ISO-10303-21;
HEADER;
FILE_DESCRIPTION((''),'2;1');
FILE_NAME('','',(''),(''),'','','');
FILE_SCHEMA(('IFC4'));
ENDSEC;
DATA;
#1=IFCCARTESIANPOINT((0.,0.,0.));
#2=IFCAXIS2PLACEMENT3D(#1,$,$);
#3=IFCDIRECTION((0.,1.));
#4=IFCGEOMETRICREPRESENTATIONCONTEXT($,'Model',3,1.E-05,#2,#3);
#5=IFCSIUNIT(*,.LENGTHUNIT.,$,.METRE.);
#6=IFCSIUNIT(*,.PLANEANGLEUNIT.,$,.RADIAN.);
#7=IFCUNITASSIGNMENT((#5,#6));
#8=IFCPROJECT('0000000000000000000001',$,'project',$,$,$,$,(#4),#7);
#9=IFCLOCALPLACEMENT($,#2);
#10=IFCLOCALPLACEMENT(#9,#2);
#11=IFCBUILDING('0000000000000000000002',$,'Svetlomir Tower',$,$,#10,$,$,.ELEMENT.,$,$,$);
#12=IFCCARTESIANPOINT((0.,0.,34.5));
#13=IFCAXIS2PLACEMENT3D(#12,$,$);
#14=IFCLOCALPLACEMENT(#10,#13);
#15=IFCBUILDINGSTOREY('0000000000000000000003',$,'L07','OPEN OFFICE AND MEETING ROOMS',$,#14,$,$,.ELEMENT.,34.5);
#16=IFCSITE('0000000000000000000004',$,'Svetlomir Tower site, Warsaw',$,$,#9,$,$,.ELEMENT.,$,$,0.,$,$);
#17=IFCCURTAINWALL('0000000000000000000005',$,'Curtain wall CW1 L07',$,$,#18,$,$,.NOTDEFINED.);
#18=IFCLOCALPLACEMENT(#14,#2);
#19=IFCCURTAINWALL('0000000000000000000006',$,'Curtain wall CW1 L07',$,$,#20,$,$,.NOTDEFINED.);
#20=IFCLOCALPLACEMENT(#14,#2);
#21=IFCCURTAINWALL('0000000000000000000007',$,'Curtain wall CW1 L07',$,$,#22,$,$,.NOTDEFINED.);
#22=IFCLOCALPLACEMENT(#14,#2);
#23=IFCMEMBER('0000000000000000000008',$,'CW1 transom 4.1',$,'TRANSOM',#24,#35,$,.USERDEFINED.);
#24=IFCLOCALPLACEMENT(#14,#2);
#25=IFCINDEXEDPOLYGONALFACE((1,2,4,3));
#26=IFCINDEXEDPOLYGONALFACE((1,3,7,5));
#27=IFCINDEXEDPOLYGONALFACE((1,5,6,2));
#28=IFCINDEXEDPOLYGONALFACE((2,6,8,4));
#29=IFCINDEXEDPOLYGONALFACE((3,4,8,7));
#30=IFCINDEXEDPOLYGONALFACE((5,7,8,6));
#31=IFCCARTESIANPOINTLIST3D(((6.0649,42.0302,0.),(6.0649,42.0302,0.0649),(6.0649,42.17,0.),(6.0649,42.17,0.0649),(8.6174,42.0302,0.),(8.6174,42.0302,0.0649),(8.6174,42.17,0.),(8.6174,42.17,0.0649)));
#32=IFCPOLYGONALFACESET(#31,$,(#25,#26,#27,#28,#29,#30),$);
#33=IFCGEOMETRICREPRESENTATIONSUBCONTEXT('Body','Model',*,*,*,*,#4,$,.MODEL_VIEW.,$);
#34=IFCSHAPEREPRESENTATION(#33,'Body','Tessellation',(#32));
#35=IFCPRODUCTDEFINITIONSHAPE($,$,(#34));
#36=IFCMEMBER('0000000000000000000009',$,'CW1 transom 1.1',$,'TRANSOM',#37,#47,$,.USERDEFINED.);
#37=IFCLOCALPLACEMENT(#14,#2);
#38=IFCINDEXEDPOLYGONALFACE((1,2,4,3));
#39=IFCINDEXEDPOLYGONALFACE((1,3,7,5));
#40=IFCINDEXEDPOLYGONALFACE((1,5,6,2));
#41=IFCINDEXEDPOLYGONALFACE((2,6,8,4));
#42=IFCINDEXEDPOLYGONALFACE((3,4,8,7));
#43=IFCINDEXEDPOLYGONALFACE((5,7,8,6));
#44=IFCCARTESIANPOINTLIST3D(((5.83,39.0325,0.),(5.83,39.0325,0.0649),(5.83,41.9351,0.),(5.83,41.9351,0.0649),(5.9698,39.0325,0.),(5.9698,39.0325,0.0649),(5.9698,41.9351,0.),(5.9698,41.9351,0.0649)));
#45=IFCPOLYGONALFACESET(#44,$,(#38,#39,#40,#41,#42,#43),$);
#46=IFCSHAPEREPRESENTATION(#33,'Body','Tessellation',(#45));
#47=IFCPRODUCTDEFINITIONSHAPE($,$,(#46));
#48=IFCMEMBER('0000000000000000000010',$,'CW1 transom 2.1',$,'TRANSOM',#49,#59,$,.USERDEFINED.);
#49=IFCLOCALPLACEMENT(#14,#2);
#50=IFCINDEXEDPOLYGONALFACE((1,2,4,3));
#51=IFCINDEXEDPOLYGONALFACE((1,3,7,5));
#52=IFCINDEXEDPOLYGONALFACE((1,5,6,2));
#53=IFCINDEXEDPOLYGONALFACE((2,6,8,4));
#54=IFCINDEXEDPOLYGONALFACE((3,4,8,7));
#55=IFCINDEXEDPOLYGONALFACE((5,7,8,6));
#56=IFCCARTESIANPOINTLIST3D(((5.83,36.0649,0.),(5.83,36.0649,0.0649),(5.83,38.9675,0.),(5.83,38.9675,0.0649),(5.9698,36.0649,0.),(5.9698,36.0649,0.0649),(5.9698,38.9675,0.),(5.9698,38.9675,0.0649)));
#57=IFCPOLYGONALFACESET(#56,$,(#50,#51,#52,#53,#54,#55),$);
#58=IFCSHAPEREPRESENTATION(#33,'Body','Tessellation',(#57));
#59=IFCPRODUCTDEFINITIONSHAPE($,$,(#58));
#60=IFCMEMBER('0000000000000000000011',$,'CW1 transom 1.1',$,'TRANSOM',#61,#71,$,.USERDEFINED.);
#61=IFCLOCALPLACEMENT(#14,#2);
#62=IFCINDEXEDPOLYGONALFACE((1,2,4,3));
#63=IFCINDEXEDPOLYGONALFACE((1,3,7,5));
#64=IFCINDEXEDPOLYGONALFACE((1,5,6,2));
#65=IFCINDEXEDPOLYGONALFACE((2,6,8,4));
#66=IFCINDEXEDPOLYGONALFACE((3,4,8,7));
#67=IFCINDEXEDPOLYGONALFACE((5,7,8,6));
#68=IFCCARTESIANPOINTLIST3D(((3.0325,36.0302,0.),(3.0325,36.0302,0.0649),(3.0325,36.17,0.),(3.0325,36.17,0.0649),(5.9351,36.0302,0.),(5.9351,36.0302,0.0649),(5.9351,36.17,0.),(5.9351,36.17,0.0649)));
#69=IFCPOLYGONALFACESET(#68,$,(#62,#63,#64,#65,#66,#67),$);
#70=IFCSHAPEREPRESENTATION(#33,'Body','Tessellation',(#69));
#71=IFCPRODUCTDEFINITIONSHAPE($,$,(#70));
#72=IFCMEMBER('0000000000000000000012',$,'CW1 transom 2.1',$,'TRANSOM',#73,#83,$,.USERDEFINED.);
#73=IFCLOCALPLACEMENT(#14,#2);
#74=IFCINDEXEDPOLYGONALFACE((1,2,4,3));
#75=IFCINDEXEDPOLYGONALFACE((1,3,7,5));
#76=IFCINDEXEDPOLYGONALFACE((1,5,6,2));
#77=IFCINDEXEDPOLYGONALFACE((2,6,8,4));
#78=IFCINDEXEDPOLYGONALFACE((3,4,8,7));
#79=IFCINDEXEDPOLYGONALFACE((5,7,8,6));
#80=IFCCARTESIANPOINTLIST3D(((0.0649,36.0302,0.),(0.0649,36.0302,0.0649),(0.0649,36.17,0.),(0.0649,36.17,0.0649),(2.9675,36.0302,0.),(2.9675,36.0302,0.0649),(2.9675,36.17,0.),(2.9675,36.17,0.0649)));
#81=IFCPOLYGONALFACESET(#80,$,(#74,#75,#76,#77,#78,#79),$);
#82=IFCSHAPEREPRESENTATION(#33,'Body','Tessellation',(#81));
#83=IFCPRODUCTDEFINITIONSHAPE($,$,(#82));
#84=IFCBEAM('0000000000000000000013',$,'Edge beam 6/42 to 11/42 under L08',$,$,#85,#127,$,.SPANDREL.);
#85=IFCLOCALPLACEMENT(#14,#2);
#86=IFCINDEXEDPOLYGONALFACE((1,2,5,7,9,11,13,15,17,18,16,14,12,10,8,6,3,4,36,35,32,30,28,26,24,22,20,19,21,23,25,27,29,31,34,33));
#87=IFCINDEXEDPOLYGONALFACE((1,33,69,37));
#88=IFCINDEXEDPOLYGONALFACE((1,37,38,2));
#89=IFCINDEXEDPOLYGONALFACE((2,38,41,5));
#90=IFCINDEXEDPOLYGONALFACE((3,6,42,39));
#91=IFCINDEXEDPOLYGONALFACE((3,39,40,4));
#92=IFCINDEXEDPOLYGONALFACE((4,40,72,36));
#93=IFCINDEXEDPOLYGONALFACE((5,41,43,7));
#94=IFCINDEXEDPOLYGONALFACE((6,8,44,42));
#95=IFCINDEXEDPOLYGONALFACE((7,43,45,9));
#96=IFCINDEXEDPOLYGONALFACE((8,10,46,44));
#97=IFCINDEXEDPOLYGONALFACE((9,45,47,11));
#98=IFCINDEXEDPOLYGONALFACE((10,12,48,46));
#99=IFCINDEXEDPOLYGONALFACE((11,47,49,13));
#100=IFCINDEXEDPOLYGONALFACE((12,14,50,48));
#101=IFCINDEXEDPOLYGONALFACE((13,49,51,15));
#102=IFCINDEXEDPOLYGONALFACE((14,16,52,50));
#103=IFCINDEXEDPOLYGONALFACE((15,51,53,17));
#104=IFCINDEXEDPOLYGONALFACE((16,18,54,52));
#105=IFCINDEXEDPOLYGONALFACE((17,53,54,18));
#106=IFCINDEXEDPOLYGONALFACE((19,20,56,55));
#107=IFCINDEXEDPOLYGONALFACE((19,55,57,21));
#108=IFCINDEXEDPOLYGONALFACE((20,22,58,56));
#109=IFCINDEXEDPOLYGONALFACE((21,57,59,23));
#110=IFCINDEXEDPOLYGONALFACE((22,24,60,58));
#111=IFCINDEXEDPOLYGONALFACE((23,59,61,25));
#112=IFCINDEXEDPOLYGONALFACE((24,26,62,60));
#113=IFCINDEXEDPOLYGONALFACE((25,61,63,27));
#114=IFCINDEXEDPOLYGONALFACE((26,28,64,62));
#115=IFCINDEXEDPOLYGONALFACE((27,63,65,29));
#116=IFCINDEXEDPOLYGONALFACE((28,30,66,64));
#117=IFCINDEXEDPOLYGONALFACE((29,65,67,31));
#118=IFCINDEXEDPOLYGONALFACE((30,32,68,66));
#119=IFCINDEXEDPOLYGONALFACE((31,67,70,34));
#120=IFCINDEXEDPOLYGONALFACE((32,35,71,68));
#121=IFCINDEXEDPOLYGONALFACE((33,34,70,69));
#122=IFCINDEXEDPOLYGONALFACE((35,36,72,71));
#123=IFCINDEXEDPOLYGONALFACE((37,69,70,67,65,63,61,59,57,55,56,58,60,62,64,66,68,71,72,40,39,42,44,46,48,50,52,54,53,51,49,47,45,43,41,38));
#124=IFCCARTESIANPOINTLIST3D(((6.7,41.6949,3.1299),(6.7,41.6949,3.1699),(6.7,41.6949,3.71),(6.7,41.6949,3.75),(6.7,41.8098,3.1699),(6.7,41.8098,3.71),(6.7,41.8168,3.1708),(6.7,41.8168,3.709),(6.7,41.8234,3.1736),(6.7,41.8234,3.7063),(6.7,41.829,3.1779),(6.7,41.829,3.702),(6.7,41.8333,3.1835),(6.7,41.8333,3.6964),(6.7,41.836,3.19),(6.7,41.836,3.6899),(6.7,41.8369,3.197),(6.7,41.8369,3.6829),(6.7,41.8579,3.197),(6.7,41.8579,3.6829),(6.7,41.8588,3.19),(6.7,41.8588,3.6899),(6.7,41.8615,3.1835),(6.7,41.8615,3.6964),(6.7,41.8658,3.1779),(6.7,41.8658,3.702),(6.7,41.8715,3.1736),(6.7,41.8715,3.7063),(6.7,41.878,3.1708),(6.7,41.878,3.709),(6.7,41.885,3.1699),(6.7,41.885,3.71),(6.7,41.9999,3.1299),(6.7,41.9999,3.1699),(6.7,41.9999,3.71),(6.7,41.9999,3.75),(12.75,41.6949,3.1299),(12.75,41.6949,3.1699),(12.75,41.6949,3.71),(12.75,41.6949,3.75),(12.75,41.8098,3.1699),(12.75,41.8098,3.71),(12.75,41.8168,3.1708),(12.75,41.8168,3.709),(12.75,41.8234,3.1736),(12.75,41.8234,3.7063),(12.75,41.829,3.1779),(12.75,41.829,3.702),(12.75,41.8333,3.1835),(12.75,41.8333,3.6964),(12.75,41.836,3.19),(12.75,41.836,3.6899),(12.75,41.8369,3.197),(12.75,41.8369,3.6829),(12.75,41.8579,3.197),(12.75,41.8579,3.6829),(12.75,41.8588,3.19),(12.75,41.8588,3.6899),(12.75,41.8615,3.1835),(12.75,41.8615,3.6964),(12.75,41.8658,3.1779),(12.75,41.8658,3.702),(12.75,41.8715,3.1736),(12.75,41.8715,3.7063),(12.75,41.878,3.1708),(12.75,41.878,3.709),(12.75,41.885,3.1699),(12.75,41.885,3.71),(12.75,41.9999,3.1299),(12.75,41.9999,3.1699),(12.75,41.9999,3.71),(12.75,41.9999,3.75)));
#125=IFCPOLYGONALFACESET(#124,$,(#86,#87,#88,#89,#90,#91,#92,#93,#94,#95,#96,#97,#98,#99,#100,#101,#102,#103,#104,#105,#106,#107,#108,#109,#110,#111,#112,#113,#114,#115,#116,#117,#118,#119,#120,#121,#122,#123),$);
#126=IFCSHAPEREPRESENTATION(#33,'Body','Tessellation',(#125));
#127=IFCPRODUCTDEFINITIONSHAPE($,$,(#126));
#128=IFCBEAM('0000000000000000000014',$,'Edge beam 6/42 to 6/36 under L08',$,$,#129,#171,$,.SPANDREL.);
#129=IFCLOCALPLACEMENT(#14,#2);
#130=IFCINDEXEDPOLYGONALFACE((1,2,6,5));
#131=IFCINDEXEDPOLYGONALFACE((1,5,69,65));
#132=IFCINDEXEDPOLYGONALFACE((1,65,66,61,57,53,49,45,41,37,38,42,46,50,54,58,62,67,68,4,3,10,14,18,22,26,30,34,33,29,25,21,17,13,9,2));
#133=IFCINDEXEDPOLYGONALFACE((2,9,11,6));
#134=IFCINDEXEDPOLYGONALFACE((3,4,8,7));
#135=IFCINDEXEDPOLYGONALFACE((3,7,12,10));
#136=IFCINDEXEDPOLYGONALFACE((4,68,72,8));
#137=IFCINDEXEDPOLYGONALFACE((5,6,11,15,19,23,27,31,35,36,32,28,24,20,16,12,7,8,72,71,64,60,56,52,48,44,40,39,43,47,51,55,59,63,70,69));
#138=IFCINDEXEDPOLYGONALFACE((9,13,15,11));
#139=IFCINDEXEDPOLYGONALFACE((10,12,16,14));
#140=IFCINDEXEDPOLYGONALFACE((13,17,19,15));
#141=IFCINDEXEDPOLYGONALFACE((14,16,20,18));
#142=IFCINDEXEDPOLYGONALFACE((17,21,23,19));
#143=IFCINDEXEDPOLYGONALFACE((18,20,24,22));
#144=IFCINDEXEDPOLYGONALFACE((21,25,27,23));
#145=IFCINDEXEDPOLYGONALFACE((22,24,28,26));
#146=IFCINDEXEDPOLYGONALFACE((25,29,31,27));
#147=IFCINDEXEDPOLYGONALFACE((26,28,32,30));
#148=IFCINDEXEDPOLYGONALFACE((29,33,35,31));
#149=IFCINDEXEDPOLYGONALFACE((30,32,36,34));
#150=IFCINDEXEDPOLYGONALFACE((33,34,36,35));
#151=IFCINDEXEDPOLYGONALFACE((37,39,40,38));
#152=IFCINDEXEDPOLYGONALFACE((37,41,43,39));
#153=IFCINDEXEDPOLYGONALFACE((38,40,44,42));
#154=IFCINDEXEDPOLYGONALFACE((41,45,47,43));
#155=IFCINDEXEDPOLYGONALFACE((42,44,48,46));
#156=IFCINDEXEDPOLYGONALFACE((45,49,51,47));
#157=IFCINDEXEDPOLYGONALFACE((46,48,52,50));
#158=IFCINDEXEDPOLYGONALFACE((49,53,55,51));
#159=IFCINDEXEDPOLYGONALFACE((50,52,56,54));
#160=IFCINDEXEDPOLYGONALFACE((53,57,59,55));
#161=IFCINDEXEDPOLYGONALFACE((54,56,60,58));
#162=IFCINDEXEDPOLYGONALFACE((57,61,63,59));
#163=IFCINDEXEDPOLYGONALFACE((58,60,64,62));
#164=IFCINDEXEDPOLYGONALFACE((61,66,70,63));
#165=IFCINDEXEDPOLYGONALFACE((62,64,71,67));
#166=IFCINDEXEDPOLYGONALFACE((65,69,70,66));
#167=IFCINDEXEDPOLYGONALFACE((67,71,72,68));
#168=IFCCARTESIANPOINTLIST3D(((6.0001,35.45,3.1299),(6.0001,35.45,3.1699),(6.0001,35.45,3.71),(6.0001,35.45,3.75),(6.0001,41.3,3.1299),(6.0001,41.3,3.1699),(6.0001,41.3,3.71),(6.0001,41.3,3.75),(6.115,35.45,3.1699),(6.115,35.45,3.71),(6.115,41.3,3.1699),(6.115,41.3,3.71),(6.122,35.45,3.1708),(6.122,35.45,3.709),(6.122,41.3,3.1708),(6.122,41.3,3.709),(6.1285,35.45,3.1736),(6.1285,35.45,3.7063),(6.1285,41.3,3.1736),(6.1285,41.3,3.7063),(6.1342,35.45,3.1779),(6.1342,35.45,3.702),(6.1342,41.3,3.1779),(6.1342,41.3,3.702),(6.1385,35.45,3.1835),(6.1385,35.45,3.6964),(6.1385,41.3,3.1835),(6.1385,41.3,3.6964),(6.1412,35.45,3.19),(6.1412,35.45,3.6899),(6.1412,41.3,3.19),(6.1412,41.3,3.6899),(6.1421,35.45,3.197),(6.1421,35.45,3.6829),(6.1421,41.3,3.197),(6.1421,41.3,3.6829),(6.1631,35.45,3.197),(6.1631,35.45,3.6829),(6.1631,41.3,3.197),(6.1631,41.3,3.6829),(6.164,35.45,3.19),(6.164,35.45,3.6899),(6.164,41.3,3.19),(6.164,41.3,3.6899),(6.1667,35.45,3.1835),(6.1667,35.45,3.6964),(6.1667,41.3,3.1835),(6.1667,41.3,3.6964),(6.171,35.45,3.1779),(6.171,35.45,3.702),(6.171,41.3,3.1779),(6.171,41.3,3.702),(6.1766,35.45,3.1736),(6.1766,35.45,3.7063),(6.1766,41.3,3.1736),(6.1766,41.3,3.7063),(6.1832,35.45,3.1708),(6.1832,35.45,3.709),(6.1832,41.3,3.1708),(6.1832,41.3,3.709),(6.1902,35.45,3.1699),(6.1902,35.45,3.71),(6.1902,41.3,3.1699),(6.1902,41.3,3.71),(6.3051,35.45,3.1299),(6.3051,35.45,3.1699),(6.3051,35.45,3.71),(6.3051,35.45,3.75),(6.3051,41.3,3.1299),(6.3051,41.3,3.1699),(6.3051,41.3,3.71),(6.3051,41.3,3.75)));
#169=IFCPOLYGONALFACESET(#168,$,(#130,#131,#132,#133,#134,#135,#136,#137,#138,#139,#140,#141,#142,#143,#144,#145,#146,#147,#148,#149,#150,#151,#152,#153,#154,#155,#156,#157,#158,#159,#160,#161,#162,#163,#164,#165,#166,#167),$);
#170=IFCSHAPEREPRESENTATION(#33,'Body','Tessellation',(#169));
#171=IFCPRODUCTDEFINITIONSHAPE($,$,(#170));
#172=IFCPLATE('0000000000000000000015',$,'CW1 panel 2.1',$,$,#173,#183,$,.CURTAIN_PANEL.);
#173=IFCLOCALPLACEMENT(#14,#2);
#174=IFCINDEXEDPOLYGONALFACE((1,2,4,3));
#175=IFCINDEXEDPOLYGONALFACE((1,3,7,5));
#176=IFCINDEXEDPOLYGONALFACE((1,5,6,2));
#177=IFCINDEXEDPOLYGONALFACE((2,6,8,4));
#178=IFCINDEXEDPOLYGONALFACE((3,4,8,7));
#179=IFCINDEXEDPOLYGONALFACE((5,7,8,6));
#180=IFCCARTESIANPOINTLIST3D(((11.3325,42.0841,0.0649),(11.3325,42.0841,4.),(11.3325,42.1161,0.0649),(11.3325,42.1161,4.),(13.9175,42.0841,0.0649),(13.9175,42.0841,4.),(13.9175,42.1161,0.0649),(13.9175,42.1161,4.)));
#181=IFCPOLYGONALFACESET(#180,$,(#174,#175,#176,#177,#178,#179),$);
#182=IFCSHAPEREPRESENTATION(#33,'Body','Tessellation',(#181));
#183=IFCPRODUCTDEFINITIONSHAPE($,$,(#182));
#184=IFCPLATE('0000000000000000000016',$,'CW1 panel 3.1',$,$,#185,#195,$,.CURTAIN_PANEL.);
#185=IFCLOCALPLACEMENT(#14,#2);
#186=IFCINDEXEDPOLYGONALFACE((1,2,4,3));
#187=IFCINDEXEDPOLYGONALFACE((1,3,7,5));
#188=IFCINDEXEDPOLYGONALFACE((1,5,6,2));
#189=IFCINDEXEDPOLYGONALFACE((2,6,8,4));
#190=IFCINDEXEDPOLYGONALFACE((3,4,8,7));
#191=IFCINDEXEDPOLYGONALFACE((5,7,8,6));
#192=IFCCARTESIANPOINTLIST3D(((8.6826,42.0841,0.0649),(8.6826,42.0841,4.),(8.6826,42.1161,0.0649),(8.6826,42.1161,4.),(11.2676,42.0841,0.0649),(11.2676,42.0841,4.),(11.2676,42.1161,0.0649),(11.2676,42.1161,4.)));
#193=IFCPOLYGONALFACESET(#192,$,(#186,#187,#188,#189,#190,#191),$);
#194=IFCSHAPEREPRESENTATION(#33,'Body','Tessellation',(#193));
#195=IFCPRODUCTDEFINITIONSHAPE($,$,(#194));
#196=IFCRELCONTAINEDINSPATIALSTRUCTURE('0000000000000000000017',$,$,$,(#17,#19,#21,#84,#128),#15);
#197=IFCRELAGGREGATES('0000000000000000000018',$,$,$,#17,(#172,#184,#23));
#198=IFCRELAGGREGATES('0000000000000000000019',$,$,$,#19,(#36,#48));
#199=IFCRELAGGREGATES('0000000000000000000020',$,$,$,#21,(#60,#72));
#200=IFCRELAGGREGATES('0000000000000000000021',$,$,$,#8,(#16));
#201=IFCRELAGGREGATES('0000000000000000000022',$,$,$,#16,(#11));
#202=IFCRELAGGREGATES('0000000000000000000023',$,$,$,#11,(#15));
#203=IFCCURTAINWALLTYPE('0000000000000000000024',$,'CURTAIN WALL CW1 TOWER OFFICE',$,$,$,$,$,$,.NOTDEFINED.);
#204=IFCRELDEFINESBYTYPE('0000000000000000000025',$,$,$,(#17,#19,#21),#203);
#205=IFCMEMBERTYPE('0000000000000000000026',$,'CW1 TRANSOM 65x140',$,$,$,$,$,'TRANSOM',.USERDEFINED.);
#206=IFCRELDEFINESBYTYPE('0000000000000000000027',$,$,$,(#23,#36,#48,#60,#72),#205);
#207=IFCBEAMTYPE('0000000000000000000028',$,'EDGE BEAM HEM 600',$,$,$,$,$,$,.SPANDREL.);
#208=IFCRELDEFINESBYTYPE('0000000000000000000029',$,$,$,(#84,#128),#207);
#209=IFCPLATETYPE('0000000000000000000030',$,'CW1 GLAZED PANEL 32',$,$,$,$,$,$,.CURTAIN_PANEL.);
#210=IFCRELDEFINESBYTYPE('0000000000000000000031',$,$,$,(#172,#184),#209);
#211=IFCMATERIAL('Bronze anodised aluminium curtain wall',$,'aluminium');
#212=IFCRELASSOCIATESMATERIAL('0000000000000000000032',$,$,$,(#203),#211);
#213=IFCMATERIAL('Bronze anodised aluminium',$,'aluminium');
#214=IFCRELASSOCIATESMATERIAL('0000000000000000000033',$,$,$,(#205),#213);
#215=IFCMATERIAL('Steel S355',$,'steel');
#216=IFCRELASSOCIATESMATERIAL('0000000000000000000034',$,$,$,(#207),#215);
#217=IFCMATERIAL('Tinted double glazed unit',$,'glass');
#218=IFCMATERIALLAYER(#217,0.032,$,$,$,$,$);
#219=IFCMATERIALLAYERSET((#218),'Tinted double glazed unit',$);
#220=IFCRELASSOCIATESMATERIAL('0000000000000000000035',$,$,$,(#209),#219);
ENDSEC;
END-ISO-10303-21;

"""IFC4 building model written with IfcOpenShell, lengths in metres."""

from ifc_helpers import new_model, si_unit, direction, frame, origin, origin_2d, place, context, subcontext, project, spatial, rectangle, i_section, extrude, material, layer, layer_set, material_profile, profile_set, type_object, element, aggregate, save


model = new_model("IFC4")

# Units and contexts
model_context = context("Model", 3, precision=1e-05, world=origin(), true_north=direction((0.0, 1.0)))
body_context = subcontext(model_context, "Body", "Model", "MODEL_VIEW")
ifc_project = project(units=[si_unit("LENGTHUNIT", "METRE"), si_unit("PLANEANGLEUNIT", "RADIAN")], contexts=[model_context])

# Site, building, storey
site_placement = place(None, origin())
site = spatial("IfcSite", under=ifc_project, at=site_placement, Name="Svetlomir Tower site, Warsaw", CompositionType="ELEMENT", RefElevation=0.0)
building_placement = place(site_placement, origin())
building = spatial("IfcBuilding", under=site, at=building_placement, Name="Svetlomir Tower", CompositionType="ELEMENT")
storey_placement = place(building_placement, frame((0.0, 0.0, 34.5)))
storey = spatial("IfcBuildingStorey", under=building, at=storey_placement, Name="L07", Description="OPEN OFFICE AND MEETING ROOMS", CompositionType="ELEMENT", Elevation=34.5)

# Curtain walls
ifc_material_1 = material(Name="Bronze anodised aluminium curtain wall", Category="aluminium")
curtain_wall_type = type_object("IfcCurtainWallType", Name="CURTAIN WALL CW1 TOWER OFFICE", PredefinedType="NOTDEFINED", material=ifc_material_1)
curtain_wall_1_placement = place(storey_placement, origin())
curtain_wall_1 = element("IfcCurtainWall", 1, at=curtain_wall_1_placement, inside=storey, type_object=curtain_wall_type, Name="Curtain wall CW1 L07", PredefinedType="NOTDEFINED")
curtain_wall_2_placement = place(storey_placement, origin())
curtain_wall_2 = element("IfcCurtainWall", 2, at=curtain_wall_2_placement, inside=storey, type_object=curtain_wall_type, Name="Curtain wall CW1 L07", PredefinedType="NOTDEFINED")
curtain_wall_3_placement = place(storey_placement, origin())
curtain_wall_3 = element("IfcCurtainWall", 3, at=curtain_wall_3_placement, inside=storey, type_object=curtain_wall_type, Name="Curtain wall CW1 L07", PredefinedType="NOTDEFINED")

# Members
ifc_material_2 = material(Name="Bronze anodised aluminium", Category="aluminium")
ifc_material_profile_1 = material_profile(ifc_material_2, rectangle(XDim=0.1399, YDim=0.0649, at=origin_2d()), Name="AL 140x65")
ifc_profile_set_1 = profile_set([ifc_material_profile_1], Name="Bronze anodised aluminium 6063-T6")
member_type_1 = type_object("IfcMemberType", Name="CW1 TRANSOM 65x140", ElementType="TRANSOM", PredefinedType="USERDEFINED", material=ifc_profile_set_1)
member_1_placement = place(storey_placement, frame((8.6174, 42.1001, 0.0325), z_axis=(-1.0, 0.0, 0.0), x_axis=(0.0, -1.0, 0.0)))
member_1 = element("IfcMember", 4, at=member_1_placement, type_object=member_type_1, Name="CW1 transom 4.1", ObjectType="TRANSOM", PredefinedType="USERDEFINED", context=body_context, shape_type="SweptSolid", body=[
    extrude(rectangle(XDim=0.1399, YDim=0.0649, at=origin_2d()), origin(), (0.0, 0.0, 1.0), 2.5525),
])
member_2_placement = place(storey_placement, frame((5.8999, 41.9351, 0.0325), z_axis=(0.0, -1.0, 0.0), x_axis=(1.0, 0.0, 0.0)))
member_2 = element("IfcMember", 5, at=member_2_placement, type_object=member_type_1, Name="CW1 transom 1.1", ObjectType="TRANSOM", PredefinedType="USERDEFINED", context=body_context, shape_type="SweptSolid", body=[
    extrude(rectangle(XDim=0.1399, YDim=0.0649, at=origin_2d()), origin(), (0.0, 0.0, 1.0), 2.9026),
])
member_3_placement = place(storey_placement, frame((5.8999, 38.9675, 0.0325), z_axis=(0.0, -1.0, 0.0), x_axis=(1.0, 0.0, 0.0)))
member_3 = element("IfcMember", 6, at=member_3_placement, type_object=member_type_1, Name="CW1 transom 2.1", ObjectType="TRANSOM", PredefinedType="USERDEFINED", context=body_context, shape_type="SweptSolid", body=[
    extrude(rectangle(XDim=0.1399, YDim=0.0649, at=origin_2d()), origin(), (0.0, 0.0, 1.0), 2.9026),
])
member_4_placement = place(storey_placement, frame((5.9351, 36.1001, 0.0325), z_axis=(-1.0, 0.0, 0.0), x_axis=(0.0, -1.0, 0.0)))
member_4 = element("IfcMember", 7, at=member_4_placement, type_object=member_type_1, Name="CW1 transom 1.1", ObjectType="TRANSOM", PredefinedType="USERDEFINED", context=body_context, shape_type="SweptSolid", body=[
    extrude(rectangle(XDim=0.1399, YDim=0.0649, at=origin_2d()), origin(), (0.0, 0.0, 1.0), 2.9026),
])
member_5_placement = place(storey_placement, frame((2.9675, 36.1001, 0.0325), z_axis=(-1.0, 0.0, 0.0), x_axis=(0.0, -1.0, 0.0)))
member_5 = element("IfcMember", 8, at=member_5_placement, type_object=member_type_1, Name="CW1 transom 2.1", ObjectType="TRANSOM", PredefinedType="USERDEFINED", context=body_context, shape_type="SweptSolid", body=[
    extrude(rectangle(XDim=0.1399, YDim=0.0649, at=origin_2d()), origin(), (0.0, 0.0, 1.0), 2.9026),
])

# Beams
ifc_material_3 = material(Name="Steel S355", Category="steel")
ifc_material_profile_2 = material_profile(ifc_material_3, i_section(OverallWidth=0.3049, OverallDepth=0.6201, WebThickness=0.021, FlangeThickness=0.04, FilletRadius=0.0271, at=origin_2d()), Name="HEM 600")
ifc_profile_set_2 = profile_set([ifc_material_profile_2], Name="Steel S355")
beam_type = type_object("IfcBeamType", Name="EDGE BEAM HEM 600", PredefinedType="SPANDREL", material=ifc_profile_set_2)
beam_1_placement = place(storey_placement, frame((6.7, 41.8474, 3.4399), z_axis=(1.0, 0.0, 0.0), x_axis=(0.0, 1.0, 0.0)))
element("IfcBeam", 9, at=beam_1_placement, inside=storey, type_object=beam_type, Name="Edge beam 6/42 to 11/42 under L08", PredefinedType="SPANDREL", context=body_context, shape_type="SweptSolid", body=[
    extrude(i_section(OverallWidth=0.3049, OverallDepth=0.6201, WebThickness=0.021, FlangeThickness=0.04, FilletRadius=0.0271, at=origin_2d()), origin(), (0.0, 0.0, 1.0), 6.05),
])
beam_2_placement = place(storey_placement, frame((6.1526, 41.3, 3.4399), z_axis=(0.0, -1.0, 0.0), x_axis=(1.0, 0.0, 0.0)))
element("IfcBeam", 10, at=beam_2_placement, inside=storey, type_object=beam_type, Name="Edge beam 6/42 to 6/36 under L08", PredefinedType="SPANDREL", context=body_context, shape_type="SweptSolid", body=[
    extrude(i_section(OverallWidth=0.3049, OverallDepth=0.6201, WebThickness=0.021, FlangeThickness=0.04, FilletRadius=0.0271, at=origin_2d()), origin(), (0.0, 0.0, 1.0), 5.8501),
])

# Plates
ifc_material_4 = material(Name="Tinted double glazed unit", Category="glass")
ifc_layer_1 = layer(ifc_material_4, 0.032)
ifc_layer_set_1 = layer_set([ifc_layer_1], Name="Tinted double glazed unit")
plate_type = type_object("IfcPlateType", Name="CW1 GLAZED PANEL 32", PredefinedType="CURTAIN_PANEL", material=ifc_layer_set_1)
plate_1_placement = place(storey_placement, frame((12.625, 42.1001, 0.0649), z_axis=(0.0, 0.0, 1.0), x_axis=(-1.0, 0.0, 0.0)))
plate_1 = element("IfcPlate", 11, at=plate_1_placement, type_object=plate_type, Name="CW1 panel 2.1", PredefinedType="CURTAIN_PANEL", context=body_context, shape_type="SweptSolid", body=[
    extrude(rectangle(XDim=2.585, YDim=0.032, at=origin_2d()), origin(), (0.0, 0.0, 1.0), 3.9351),
])
plate_2_placement = place(storey_placement, frame((9.9751, 42.1001, 0.0649), z_axis=(0.0, 0.0, 1.0), x_axis=(-1.0, 0.0, 0.0)))
plate_2 = element("IfcPlate", 12, at=plate_2_placement, type_object=plate_type, Name="CW1 panel 3.1", PredefinedType="CURTAIN_PANEL", context=body_context, shape_type="SweptSolid", body=[
    extrude(rectangle(XDim=2.585, YDim=0.032, at=origin_2d()), origin(), (0.0, 0.0, 1.0), 3.9351),
])
aggregate(curtain_wall_1, [plate_1, plate_2, member_1])
aggregate(curtain_wall_2, [member_2, member_3])
aggregate(curtain_wall_3, [member_4, member_5])

save(model, "model.ifc")
